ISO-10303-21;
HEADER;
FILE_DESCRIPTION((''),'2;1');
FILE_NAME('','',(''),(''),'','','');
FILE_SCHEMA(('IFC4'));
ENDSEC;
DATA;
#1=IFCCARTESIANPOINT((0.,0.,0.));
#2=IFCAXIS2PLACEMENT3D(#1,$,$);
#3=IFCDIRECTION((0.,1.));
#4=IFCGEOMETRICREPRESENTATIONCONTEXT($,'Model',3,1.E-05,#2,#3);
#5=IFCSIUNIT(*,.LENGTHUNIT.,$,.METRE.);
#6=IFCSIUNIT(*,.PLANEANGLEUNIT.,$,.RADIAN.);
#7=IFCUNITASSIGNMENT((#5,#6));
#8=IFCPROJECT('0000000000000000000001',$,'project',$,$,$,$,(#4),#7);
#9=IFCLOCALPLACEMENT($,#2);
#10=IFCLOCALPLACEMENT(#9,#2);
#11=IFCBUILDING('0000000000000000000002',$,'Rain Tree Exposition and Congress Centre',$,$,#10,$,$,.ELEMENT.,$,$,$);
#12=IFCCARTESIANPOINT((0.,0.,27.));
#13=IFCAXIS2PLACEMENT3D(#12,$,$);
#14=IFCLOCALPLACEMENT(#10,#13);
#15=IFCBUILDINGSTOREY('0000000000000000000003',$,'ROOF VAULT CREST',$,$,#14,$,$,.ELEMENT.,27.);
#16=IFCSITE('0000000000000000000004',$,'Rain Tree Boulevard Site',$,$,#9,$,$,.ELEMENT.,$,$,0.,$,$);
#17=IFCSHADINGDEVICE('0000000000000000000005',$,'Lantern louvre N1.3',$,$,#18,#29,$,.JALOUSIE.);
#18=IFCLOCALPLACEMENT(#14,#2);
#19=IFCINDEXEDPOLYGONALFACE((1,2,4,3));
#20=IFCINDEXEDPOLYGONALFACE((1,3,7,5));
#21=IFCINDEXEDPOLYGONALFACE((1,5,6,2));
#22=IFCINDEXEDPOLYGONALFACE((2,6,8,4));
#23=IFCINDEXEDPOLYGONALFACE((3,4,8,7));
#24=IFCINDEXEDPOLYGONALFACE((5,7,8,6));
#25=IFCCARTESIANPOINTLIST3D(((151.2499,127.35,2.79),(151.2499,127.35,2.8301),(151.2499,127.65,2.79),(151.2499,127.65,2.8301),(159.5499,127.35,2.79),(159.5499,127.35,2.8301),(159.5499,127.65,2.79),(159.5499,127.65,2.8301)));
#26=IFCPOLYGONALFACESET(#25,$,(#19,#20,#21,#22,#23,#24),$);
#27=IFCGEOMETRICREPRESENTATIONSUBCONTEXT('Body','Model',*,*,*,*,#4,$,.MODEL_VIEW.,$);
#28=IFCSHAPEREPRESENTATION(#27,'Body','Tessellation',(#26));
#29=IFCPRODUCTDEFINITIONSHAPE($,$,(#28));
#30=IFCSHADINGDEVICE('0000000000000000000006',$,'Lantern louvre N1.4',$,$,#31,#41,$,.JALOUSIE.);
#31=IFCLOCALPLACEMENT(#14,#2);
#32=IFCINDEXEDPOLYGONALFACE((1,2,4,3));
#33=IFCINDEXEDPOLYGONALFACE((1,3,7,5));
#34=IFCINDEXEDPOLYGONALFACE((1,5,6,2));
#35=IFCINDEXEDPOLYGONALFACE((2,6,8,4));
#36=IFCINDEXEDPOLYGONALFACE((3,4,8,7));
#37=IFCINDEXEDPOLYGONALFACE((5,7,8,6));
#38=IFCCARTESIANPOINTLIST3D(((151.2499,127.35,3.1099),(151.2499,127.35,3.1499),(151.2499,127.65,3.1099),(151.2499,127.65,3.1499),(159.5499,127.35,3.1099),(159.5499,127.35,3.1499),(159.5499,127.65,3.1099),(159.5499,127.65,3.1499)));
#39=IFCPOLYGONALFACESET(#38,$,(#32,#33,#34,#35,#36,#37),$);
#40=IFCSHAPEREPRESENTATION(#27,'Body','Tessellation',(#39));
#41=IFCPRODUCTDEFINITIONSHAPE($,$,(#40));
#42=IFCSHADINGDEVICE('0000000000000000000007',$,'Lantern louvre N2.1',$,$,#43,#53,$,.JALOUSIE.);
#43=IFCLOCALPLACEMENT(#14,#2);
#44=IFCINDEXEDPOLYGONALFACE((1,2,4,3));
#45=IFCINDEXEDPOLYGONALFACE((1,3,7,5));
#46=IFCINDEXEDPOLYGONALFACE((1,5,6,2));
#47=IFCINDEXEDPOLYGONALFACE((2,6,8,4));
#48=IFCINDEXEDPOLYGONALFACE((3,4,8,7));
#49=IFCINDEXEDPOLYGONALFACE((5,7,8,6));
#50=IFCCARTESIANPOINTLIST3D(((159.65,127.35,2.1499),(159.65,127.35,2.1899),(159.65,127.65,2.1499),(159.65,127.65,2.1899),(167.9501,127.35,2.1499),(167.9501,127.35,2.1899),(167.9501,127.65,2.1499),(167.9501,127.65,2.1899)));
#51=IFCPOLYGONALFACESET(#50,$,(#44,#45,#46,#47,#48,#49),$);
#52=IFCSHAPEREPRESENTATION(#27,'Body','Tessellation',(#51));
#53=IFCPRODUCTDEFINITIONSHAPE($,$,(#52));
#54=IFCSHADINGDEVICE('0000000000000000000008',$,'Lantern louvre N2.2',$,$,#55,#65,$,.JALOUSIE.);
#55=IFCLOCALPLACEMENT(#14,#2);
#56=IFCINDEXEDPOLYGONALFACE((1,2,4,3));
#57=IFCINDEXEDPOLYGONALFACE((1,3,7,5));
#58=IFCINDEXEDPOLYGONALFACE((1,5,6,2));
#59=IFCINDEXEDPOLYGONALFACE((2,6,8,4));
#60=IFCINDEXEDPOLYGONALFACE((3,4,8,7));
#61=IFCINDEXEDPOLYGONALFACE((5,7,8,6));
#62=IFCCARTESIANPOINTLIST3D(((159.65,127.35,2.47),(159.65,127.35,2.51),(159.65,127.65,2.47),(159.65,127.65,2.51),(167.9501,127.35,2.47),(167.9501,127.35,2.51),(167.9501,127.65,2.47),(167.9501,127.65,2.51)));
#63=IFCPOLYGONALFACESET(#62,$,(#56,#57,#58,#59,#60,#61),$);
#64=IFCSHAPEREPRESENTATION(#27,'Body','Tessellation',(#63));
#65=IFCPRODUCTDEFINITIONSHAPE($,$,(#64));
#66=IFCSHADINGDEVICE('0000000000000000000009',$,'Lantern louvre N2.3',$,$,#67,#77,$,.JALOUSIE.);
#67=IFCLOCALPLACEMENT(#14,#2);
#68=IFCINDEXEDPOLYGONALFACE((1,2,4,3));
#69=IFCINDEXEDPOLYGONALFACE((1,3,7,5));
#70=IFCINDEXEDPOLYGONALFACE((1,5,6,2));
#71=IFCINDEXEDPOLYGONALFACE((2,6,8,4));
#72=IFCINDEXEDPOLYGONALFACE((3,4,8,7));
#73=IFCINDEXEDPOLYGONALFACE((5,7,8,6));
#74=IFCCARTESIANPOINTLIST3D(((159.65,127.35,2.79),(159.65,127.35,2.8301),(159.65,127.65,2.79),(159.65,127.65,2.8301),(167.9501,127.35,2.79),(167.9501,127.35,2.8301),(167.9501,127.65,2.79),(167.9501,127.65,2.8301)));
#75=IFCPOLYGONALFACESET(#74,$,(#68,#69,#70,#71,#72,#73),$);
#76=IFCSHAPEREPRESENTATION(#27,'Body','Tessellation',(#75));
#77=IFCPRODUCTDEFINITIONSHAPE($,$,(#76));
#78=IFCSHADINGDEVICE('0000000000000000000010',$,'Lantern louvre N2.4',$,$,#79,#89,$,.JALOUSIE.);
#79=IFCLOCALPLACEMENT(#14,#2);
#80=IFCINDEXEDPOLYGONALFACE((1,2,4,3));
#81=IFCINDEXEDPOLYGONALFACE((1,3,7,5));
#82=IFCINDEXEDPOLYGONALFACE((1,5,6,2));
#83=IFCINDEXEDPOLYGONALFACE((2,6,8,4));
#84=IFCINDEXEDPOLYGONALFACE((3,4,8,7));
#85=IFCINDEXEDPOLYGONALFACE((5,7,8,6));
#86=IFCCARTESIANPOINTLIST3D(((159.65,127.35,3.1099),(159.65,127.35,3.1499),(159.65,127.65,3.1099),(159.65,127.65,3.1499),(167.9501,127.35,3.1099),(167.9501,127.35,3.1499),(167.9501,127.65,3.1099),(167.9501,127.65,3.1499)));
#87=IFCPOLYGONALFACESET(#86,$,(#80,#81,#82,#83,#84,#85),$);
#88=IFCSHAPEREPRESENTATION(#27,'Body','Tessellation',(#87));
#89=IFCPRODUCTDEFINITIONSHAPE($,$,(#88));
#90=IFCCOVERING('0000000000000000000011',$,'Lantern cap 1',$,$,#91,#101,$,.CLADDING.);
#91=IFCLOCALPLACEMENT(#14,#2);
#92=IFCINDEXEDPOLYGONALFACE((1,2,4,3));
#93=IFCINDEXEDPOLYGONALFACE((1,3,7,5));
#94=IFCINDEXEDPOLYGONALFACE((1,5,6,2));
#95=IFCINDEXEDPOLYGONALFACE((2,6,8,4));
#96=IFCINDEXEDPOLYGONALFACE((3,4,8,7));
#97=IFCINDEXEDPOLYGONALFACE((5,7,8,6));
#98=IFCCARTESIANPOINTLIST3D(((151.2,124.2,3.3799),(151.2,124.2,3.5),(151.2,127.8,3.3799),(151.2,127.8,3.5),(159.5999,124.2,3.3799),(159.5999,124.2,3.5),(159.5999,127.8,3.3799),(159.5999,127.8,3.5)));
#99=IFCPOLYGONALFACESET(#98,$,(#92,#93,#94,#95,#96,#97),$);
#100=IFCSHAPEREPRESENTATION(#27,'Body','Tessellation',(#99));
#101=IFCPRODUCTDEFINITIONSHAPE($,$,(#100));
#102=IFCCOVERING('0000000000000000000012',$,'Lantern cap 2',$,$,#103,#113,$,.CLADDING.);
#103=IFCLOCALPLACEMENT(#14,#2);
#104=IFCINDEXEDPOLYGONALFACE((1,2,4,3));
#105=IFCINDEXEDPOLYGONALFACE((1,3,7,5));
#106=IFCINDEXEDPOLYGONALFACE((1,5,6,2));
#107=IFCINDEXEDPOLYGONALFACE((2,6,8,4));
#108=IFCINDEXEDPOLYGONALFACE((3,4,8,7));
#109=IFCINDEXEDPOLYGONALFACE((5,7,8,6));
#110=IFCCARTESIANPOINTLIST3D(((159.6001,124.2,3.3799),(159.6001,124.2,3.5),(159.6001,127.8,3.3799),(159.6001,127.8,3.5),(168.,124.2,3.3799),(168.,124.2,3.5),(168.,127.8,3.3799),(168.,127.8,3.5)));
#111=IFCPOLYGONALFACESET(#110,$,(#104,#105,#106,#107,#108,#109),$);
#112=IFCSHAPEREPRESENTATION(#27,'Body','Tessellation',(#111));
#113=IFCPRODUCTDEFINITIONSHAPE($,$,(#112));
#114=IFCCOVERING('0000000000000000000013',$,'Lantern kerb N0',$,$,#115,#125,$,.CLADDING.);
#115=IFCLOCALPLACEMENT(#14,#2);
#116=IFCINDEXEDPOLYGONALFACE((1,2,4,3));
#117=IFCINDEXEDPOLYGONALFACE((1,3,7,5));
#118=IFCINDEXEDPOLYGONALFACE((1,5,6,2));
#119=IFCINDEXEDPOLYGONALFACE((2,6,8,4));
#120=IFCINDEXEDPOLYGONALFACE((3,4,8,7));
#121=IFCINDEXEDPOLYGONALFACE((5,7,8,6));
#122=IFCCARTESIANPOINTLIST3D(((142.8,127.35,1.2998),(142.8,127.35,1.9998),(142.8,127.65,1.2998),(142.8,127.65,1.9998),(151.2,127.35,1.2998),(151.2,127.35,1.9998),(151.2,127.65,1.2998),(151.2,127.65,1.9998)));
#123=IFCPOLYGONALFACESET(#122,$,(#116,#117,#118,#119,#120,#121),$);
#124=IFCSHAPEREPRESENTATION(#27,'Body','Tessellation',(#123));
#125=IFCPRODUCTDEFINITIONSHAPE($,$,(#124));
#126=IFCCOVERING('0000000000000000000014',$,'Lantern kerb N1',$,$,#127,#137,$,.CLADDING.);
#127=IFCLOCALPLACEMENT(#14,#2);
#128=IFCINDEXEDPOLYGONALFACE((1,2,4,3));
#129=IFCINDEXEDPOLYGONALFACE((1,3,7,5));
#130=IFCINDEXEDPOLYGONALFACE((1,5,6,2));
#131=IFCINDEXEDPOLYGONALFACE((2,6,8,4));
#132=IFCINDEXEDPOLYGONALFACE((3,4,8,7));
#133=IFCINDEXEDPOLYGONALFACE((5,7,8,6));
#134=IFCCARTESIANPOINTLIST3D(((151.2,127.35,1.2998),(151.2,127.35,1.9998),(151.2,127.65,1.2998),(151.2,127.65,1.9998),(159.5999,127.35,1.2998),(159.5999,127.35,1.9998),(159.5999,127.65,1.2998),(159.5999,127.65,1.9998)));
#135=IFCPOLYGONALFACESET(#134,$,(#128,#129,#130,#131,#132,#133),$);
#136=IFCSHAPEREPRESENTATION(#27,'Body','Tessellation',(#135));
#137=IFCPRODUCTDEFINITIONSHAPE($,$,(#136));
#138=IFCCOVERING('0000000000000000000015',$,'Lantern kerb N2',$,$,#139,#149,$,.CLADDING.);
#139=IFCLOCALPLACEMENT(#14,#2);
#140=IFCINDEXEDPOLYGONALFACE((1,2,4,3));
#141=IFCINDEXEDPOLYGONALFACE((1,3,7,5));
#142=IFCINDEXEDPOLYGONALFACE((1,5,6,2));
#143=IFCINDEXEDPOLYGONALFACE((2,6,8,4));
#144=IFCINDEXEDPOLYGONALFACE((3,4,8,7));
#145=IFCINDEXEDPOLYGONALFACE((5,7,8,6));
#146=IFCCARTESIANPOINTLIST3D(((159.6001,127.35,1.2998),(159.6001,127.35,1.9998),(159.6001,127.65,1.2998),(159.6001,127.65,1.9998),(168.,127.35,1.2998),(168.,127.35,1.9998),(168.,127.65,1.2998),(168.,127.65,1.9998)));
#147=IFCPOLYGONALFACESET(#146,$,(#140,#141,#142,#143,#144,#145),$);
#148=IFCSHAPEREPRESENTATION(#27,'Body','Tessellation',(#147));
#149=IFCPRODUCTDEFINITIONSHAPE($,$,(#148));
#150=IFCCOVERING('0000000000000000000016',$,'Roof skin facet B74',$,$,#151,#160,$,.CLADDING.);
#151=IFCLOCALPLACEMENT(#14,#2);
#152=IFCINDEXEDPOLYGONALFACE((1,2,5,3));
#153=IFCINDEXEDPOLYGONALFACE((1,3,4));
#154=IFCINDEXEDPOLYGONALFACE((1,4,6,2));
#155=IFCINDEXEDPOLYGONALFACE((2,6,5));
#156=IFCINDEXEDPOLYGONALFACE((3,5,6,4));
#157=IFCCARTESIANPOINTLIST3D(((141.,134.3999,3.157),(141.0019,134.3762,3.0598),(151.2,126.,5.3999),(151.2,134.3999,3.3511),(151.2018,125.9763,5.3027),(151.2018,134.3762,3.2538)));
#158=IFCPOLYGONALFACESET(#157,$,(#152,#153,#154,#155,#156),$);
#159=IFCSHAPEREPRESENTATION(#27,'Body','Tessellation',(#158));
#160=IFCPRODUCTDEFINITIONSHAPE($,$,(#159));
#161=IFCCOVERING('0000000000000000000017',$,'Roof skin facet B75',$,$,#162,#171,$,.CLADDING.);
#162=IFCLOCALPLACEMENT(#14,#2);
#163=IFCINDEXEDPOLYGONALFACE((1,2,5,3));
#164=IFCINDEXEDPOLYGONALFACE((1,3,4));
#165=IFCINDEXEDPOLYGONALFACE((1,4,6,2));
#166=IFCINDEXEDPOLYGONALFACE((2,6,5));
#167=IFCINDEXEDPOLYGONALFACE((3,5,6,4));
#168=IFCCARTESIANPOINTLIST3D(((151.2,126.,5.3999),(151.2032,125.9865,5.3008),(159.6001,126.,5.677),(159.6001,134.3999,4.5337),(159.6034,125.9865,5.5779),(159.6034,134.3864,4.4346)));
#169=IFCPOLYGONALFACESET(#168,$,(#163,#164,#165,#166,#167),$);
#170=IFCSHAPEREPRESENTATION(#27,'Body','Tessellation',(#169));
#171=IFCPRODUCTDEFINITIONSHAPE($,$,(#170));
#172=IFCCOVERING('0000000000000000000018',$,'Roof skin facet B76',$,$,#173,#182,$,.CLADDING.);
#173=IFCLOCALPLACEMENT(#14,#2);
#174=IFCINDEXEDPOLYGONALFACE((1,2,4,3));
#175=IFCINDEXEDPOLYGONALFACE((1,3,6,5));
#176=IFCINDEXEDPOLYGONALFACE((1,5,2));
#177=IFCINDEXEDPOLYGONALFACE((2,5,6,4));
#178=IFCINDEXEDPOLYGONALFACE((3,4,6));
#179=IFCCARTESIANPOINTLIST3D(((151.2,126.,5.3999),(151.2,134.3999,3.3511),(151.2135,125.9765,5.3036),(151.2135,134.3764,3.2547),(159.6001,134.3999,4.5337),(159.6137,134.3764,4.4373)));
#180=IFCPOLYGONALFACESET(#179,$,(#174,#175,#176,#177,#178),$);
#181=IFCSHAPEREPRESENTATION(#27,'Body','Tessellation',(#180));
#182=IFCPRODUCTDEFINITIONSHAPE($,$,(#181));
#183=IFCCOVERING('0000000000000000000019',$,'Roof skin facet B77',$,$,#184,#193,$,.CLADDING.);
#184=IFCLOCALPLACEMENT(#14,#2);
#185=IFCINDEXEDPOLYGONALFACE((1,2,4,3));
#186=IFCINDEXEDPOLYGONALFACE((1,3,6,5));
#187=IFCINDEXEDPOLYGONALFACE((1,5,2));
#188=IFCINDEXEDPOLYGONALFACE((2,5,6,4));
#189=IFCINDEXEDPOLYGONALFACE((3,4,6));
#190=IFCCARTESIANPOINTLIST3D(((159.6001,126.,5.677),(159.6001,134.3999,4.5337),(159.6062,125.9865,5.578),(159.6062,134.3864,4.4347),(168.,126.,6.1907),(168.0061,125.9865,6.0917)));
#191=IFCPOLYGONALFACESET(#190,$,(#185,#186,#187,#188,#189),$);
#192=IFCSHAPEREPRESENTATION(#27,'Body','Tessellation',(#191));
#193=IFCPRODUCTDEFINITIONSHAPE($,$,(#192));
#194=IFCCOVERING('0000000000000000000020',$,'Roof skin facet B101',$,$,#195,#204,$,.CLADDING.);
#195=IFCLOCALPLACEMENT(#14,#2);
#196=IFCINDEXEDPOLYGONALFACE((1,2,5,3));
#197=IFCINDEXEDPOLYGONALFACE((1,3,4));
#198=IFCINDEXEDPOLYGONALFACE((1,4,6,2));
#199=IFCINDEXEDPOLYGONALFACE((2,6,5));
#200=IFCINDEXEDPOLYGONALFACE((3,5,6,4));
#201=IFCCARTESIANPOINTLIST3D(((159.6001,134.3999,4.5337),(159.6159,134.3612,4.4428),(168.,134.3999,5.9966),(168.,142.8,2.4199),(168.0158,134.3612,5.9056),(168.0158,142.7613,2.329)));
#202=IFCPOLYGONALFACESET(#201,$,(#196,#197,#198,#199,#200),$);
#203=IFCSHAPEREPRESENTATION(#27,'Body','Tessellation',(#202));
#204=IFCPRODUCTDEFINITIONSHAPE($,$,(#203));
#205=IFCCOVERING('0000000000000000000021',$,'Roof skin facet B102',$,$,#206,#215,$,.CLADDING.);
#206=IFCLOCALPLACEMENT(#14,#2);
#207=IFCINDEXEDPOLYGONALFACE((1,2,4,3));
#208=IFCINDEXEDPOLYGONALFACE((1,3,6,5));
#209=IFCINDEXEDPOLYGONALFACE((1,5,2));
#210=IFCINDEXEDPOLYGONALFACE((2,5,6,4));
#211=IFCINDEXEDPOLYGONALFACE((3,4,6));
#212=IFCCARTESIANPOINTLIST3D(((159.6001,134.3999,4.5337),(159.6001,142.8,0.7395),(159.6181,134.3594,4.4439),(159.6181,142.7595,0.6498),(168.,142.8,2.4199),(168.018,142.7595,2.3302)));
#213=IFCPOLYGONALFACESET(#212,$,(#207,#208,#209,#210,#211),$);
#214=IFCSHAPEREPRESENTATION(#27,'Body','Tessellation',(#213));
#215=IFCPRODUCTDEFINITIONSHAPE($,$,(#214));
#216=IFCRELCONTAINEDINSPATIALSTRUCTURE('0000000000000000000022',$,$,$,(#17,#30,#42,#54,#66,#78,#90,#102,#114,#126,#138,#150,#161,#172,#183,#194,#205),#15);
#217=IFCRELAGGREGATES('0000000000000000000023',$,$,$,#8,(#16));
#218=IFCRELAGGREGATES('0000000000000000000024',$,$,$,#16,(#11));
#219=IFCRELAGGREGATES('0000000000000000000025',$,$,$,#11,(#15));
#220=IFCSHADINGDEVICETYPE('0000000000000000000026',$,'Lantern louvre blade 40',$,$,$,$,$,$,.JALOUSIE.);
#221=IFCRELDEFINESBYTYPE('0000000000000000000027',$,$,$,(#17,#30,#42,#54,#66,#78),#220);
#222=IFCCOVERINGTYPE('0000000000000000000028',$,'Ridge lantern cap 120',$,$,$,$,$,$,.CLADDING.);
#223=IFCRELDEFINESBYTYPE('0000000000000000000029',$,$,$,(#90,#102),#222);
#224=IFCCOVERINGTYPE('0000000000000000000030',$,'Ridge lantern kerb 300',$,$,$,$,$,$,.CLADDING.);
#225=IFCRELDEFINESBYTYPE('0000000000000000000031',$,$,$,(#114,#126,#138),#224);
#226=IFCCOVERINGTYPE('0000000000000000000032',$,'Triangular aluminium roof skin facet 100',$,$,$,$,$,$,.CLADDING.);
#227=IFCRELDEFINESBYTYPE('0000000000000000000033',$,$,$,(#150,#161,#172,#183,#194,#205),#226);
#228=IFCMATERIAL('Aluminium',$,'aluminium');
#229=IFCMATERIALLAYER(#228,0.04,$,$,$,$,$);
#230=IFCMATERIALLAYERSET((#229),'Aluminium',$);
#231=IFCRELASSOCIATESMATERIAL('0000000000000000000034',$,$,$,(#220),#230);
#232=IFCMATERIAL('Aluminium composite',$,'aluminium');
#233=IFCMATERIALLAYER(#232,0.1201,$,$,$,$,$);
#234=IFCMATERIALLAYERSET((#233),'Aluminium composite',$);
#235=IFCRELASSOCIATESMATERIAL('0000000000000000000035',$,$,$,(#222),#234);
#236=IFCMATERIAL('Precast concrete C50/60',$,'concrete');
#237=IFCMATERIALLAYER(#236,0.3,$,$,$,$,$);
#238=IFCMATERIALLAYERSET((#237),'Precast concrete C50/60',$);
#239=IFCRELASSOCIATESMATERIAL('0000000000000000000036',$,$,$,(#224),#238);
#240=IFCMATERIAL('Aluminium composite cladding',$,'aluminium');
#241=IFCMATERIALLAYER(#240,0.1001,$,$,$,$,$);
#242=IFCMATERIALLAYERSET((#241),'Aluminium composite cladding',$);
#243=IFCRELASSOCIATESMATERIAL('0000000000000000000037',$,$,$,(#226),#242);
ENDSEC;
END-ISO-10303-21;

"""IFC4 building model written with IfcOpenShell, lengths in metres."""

from ifc_helpers import new_model, si_unit, direction, frame, origin, origin_2d, place, context, subcontext, project, spatial, polyline, rectangle, outline, extrude, material, layer, layer_set, type_object, element, save


model = new_model("IFC4")

# Units and contexts
model_context = context("Model", 3, precision=1e-05, world=origin(), true_north=direction((0.0, 1.0)))
body_context = subcontext(model_context, "Body", "Model", "MODEL_VIEW")
ifc_project = project(units=[si_unit("LENGTHUNIT", "METRE"), si_unit("PLANEANGLEUNIT", "RADIAN")], contexts=[model_context])

# Site, building, storey
site_placement = place(None, origin())
site = spatial("IfcSite", under=ifc_project, at=site_placement, Name="Rain Tree Boulevard Site", CompositionType="ELEMENT", RefElevation=0.0)
building_placement = place(site_placement, origin())
building = spatial("IfcBuilding", under=site, at=building_placement, Name="Rain Tree Exposition and Congress Centre", CompositionType="ELEMENT")
storey_placement = place(building_placement, frame((0.0, 0.0, 27.0)))
storey = spatial("IfcBuildingStorey", under=building, at=storey_placement, Name="ROOF VAULT CREST", CompositionType="ELEMENT", Elevation=27.0)

# Shading devices
ifc_material_1 = material(Name="Aluminium", Category="aluminium")
ifc_layer_1 = layer(ifc_material_1, 0.04)
ifc_layer_set_1 = layer_set([ifc_layer_1], Name="Aluminium")
shading_device_type = type_object("IfcShadingDeviceType", Name="Lantern louvre blade 40", PredefinedType="JALOUSIE", material=ifc_layer_set_1)
for number, where, z_axis, x_axis, name in (
    (1, (155.3999, 127.5, 2.79), (0.0, 0.0, 1.0), (1.0, 0.0, 0.0), "Lantern louvre N1.3"),
    (2, (155.3999, 127.5, 3.1099), (0.0, 0.0, 1.0), (1.0, 0.0, 0.0), "Lantern louvre N1.4"),
    (3, (163.8, 127.5, 2.1499), (0.0, 0.0, 1.0), (1.0, 0.0, 0.0), "Lantern louvre N2.1"),
    (4, (163.8, 127.5, 2.47), (0.0, 0.0, 1.0), (1.0, 0.0, 0.0), "Lantern louvre N2.2"),
    (5, (163.8, 127.5, 2.79), (0.0, 0.0, 1.0), (1.0, 0.0, 0.0), "Lantern louvre N2.3"),
    (6, (163.8, 127.5, 3.1099), (0.0, 0.0, 1.0), (1.0, 0.0, 0.0), "Lantern louvre N2.4"),
):
    element("IfcShadingDevice", number, at=place(storey_placement, frame(where, z_axis=z_axis, x_axis=x_axis)), inside=storey, type_object=shading_device_type, Name=name, PredefinedType="JALOUSIE", context=body_context, shape_type="SweptSolid", body=[
        extrude(rectangle(XDim=8.3, YDim=0.3, at=origin_2d()), origin(), (0.0, 0.0, 1.0), 0.04),
    ])

# Coverings
ifc_material_2 = material(Name="Aluminium composite", Category="aluminium")
ifc_layer_2 = layer(ifc_material_2, 0.1201)
ifc_layer_set_2 = layer_set([ifc_layer_2], Name="Aluminium composite")
covering_type_1 = type_object("IfcCoveringType", Name="Ridge lantern cap 120", PredefinedType="CLADDING", material=ifc_layer_set_2)
for number, where, z_axis, x_axis, name in (
    (7, (155.3999, 126.0, 3.3799), (0.0, 0.0, 1.0), (1.0, 0.0, 0.0), "Lantern cap 1"),
    (8, (163.8, 126.0, 3.3799), (0.0, 0.0, 1.0), (1.0, 0.0, 0.0), "Lantern cap 2"),
):
    element("IfcCovering", number, at=place(storey_placement, frame(where, z_axis=z_axis, x_axis=x_axis)), inside=storey, type_object=covering_type_1, Name=name, PredefinedType="CLADDING", context=body_context, shape_type="SweptSolid", body=[
        extrude(rectangle(XDim=8.3999, YDim=3.6001, at=origin_2d()), origin(), (0.0, 0.0, 1.0), 0.1201),
    ])
ifc_material_3 = material(Name="Precast concrete C50/60", Category="concrete")
ifc_layer_3 = layer(ifc_material_3, 0.3)
ifc_layer_set_3 = layer_set([ifc_layer_3], Name="Precast concrete C50/60")
covering_type_2 = type_object("IfcCoveringType", Name="Ridge lantern kerb 300", PredefinedType="CLADDING", material=ifc_layer_set_3)
for number, where, z_axis, x_axis, name in (
    (9, (147.0, 127.5, 1.2998), (0.0, 0.0, 1.0), (1.0, 0.0, 0.0), "Lantern kerb N0"),
    (10, (155.3999, 127.5, 1.2998), (0.0, 0.0, 1.0), (1.0, 0.0, 0.0), "Lantern kerb N1"),
    (11, (163.8, 127.5, 1.2998), (0.0, 0.0, 1.0), (1.0, 0.0, 0.0), "Lantern kerb N2"),
):
    element("IfcCovering", number, at=place(storey_placement, frame(where, z_axis=z_axis, x_axis=x_axis)), inside=storey, type_object=covering_type_2, Name=name, PredefinedType="CLADDING", context=body_context, shape_type="SweptSolid", body=[
        extrude(rectangle(XDim=8.3999, YDim=0.3, at=origin_2d()), origin(), (0.0, 0.0, 1.0), 0.7),
    ])
ifc_material_4 = material(Name="Aluminium composite cladding", Category="aluminium")
ifc_layer_4 = layer(ifc_material_4, 0.1001)
ifc_layer_set_4 = layer_set([ifc_layer_4], Name="Aluminium composite cladding")
covering_type_3 = type_object("IfcCoveringType", Name="Triangular aluminium roof skin facet 100", PredefinedType="CLADDING", material=ifc_layer_set_4)
covering_1_placement = place(storey_placement, frame((151.2, 126.0, 5.3999), z_axis=(-0.018484, 0.236923, 0.971352), x_axis=(0.0, 0.971518, -0.236964)))
element("IfcCovering", 12, at=covering_1_placement, inside=storey, type_object=covering_type_3, Name="Roof skin facet B74", PredefinedType="CLADDING", context=body_context, shape_type="SweptSolid", body=[
    extrude(outline(polyline([(0.0, 0.0), (8.6462, 0.0), (8.6922, 10.2017), (0.0, 0.0)])), origin(), (0.0, 0.0, -1.0), 0.1001),
])
covering_2_placement = place(storey_placement, frame((151.2, 126.0, 5.3999), z_axis=(-0.032669, 0.134794, 0.990335), x_axis=(0.999456, 0.0, 0.03297)))
element("IfcCovering", 13, at=covering_2_placement, inside=storey, type_object=covering_type_3, Name="Roof skin facet B75", PredefinedType="CLADDING", context=body_context, shape_type="SweptSolid", body=[
    extrude(outline(polyline([(0.0, 0.0), (8.4047, 0.0), (8.367, 8.4773), (0.0, 0.0)])), origin(), (0.0, 0.0, -1.0), 0.1001),
])
covering_3_placement = place(storey_placement, frame((151.2, 126.0, 5.3999), z_axis=(-0.135514, 0.234778, 0.962557), x_axis=(0.705245, 0.705224, -0.072724)))
element("IfcCovering", 14, at=covering_3_placement, inside=storey, type_object=covering_type_3, Name="Roof skin facet B76", PredefinedType="CLADDING", context=body_context, shape_type="SweptSolid", body=[
    extrude(outline(polyline([(0.0, 0.0), (11.911, 0.0), (6.0728, 6.1544), (0.0, 0.0)])), origin(), (0.0, 0.0, -1.0), 0.1001),
])
covering_4_placement = place(storey_placement, frame((159.6001, 126.0, 5.677), z_axis=(-0.060482, 0.13462, 0.98905), x_axis=(0.998135, 0.0, 0.061038)))
element("IfcCovering", 15, at=covering_4_placement, inside=storey, type_object=covering_type_3, Name="Roof skin facet B77", PredefinedType="CLADDING", context=body_context, shape_type="SweptSolid", body=[
    extrude(outline(polyline([(0.0, 0.0), (8.4156, 0.0), (-0.0698, 8.4771), (0.0, 0.0)])), origin(), (0.0, 0.0, -1.0), 0.1001),
])
covering_5_placement = place(storey_placement, frame((159.6001, 134.3999, 4.5337), z_axis=(-0.158217, 0.386818, 0.908482), x_axis=(0.985171, 0.0, 0.171573)))
element("IfcCovering", 16, at=covering_5_placement, inside=storey, type_object=covering_type_3, Name="Roof skin facet B101", PredefinedType="CLADDING", context=body_context, shape_type="SweptSolid", body=[
    extrude(outline(polyline([(0.0, 0.0), (8.5263, 0.0), (7.9127, 9.1092), (0.0, 0.0)])), origin(), (0.0, 0.0, -1.0), 0.1001),
])
covering_6_placement = place(storey_placement, frame((159.6001, 134.3999, 4.5337), z_axis=(-0.179361, 0.404963, 0.896568), x_axis=(0.696162, 0.696182, -0.175184)))
element("IfcCovering", 17, at=covering_6_placement, inside=storey, type_object=covering_type_3, Name="Roof skin facet B102", PredefinedType="CLADDING", context=body_context, shape_type="SweptSolid", body=[
    extrude(outline(polyline([(0.0, 0.0), (12.066, 0.0), (6.5127, 6.5225), (0.0, 0.0)])), origin(), (0.0, 0.0, -1.0), 0.1001),
])

save(model, "model.ifc")
